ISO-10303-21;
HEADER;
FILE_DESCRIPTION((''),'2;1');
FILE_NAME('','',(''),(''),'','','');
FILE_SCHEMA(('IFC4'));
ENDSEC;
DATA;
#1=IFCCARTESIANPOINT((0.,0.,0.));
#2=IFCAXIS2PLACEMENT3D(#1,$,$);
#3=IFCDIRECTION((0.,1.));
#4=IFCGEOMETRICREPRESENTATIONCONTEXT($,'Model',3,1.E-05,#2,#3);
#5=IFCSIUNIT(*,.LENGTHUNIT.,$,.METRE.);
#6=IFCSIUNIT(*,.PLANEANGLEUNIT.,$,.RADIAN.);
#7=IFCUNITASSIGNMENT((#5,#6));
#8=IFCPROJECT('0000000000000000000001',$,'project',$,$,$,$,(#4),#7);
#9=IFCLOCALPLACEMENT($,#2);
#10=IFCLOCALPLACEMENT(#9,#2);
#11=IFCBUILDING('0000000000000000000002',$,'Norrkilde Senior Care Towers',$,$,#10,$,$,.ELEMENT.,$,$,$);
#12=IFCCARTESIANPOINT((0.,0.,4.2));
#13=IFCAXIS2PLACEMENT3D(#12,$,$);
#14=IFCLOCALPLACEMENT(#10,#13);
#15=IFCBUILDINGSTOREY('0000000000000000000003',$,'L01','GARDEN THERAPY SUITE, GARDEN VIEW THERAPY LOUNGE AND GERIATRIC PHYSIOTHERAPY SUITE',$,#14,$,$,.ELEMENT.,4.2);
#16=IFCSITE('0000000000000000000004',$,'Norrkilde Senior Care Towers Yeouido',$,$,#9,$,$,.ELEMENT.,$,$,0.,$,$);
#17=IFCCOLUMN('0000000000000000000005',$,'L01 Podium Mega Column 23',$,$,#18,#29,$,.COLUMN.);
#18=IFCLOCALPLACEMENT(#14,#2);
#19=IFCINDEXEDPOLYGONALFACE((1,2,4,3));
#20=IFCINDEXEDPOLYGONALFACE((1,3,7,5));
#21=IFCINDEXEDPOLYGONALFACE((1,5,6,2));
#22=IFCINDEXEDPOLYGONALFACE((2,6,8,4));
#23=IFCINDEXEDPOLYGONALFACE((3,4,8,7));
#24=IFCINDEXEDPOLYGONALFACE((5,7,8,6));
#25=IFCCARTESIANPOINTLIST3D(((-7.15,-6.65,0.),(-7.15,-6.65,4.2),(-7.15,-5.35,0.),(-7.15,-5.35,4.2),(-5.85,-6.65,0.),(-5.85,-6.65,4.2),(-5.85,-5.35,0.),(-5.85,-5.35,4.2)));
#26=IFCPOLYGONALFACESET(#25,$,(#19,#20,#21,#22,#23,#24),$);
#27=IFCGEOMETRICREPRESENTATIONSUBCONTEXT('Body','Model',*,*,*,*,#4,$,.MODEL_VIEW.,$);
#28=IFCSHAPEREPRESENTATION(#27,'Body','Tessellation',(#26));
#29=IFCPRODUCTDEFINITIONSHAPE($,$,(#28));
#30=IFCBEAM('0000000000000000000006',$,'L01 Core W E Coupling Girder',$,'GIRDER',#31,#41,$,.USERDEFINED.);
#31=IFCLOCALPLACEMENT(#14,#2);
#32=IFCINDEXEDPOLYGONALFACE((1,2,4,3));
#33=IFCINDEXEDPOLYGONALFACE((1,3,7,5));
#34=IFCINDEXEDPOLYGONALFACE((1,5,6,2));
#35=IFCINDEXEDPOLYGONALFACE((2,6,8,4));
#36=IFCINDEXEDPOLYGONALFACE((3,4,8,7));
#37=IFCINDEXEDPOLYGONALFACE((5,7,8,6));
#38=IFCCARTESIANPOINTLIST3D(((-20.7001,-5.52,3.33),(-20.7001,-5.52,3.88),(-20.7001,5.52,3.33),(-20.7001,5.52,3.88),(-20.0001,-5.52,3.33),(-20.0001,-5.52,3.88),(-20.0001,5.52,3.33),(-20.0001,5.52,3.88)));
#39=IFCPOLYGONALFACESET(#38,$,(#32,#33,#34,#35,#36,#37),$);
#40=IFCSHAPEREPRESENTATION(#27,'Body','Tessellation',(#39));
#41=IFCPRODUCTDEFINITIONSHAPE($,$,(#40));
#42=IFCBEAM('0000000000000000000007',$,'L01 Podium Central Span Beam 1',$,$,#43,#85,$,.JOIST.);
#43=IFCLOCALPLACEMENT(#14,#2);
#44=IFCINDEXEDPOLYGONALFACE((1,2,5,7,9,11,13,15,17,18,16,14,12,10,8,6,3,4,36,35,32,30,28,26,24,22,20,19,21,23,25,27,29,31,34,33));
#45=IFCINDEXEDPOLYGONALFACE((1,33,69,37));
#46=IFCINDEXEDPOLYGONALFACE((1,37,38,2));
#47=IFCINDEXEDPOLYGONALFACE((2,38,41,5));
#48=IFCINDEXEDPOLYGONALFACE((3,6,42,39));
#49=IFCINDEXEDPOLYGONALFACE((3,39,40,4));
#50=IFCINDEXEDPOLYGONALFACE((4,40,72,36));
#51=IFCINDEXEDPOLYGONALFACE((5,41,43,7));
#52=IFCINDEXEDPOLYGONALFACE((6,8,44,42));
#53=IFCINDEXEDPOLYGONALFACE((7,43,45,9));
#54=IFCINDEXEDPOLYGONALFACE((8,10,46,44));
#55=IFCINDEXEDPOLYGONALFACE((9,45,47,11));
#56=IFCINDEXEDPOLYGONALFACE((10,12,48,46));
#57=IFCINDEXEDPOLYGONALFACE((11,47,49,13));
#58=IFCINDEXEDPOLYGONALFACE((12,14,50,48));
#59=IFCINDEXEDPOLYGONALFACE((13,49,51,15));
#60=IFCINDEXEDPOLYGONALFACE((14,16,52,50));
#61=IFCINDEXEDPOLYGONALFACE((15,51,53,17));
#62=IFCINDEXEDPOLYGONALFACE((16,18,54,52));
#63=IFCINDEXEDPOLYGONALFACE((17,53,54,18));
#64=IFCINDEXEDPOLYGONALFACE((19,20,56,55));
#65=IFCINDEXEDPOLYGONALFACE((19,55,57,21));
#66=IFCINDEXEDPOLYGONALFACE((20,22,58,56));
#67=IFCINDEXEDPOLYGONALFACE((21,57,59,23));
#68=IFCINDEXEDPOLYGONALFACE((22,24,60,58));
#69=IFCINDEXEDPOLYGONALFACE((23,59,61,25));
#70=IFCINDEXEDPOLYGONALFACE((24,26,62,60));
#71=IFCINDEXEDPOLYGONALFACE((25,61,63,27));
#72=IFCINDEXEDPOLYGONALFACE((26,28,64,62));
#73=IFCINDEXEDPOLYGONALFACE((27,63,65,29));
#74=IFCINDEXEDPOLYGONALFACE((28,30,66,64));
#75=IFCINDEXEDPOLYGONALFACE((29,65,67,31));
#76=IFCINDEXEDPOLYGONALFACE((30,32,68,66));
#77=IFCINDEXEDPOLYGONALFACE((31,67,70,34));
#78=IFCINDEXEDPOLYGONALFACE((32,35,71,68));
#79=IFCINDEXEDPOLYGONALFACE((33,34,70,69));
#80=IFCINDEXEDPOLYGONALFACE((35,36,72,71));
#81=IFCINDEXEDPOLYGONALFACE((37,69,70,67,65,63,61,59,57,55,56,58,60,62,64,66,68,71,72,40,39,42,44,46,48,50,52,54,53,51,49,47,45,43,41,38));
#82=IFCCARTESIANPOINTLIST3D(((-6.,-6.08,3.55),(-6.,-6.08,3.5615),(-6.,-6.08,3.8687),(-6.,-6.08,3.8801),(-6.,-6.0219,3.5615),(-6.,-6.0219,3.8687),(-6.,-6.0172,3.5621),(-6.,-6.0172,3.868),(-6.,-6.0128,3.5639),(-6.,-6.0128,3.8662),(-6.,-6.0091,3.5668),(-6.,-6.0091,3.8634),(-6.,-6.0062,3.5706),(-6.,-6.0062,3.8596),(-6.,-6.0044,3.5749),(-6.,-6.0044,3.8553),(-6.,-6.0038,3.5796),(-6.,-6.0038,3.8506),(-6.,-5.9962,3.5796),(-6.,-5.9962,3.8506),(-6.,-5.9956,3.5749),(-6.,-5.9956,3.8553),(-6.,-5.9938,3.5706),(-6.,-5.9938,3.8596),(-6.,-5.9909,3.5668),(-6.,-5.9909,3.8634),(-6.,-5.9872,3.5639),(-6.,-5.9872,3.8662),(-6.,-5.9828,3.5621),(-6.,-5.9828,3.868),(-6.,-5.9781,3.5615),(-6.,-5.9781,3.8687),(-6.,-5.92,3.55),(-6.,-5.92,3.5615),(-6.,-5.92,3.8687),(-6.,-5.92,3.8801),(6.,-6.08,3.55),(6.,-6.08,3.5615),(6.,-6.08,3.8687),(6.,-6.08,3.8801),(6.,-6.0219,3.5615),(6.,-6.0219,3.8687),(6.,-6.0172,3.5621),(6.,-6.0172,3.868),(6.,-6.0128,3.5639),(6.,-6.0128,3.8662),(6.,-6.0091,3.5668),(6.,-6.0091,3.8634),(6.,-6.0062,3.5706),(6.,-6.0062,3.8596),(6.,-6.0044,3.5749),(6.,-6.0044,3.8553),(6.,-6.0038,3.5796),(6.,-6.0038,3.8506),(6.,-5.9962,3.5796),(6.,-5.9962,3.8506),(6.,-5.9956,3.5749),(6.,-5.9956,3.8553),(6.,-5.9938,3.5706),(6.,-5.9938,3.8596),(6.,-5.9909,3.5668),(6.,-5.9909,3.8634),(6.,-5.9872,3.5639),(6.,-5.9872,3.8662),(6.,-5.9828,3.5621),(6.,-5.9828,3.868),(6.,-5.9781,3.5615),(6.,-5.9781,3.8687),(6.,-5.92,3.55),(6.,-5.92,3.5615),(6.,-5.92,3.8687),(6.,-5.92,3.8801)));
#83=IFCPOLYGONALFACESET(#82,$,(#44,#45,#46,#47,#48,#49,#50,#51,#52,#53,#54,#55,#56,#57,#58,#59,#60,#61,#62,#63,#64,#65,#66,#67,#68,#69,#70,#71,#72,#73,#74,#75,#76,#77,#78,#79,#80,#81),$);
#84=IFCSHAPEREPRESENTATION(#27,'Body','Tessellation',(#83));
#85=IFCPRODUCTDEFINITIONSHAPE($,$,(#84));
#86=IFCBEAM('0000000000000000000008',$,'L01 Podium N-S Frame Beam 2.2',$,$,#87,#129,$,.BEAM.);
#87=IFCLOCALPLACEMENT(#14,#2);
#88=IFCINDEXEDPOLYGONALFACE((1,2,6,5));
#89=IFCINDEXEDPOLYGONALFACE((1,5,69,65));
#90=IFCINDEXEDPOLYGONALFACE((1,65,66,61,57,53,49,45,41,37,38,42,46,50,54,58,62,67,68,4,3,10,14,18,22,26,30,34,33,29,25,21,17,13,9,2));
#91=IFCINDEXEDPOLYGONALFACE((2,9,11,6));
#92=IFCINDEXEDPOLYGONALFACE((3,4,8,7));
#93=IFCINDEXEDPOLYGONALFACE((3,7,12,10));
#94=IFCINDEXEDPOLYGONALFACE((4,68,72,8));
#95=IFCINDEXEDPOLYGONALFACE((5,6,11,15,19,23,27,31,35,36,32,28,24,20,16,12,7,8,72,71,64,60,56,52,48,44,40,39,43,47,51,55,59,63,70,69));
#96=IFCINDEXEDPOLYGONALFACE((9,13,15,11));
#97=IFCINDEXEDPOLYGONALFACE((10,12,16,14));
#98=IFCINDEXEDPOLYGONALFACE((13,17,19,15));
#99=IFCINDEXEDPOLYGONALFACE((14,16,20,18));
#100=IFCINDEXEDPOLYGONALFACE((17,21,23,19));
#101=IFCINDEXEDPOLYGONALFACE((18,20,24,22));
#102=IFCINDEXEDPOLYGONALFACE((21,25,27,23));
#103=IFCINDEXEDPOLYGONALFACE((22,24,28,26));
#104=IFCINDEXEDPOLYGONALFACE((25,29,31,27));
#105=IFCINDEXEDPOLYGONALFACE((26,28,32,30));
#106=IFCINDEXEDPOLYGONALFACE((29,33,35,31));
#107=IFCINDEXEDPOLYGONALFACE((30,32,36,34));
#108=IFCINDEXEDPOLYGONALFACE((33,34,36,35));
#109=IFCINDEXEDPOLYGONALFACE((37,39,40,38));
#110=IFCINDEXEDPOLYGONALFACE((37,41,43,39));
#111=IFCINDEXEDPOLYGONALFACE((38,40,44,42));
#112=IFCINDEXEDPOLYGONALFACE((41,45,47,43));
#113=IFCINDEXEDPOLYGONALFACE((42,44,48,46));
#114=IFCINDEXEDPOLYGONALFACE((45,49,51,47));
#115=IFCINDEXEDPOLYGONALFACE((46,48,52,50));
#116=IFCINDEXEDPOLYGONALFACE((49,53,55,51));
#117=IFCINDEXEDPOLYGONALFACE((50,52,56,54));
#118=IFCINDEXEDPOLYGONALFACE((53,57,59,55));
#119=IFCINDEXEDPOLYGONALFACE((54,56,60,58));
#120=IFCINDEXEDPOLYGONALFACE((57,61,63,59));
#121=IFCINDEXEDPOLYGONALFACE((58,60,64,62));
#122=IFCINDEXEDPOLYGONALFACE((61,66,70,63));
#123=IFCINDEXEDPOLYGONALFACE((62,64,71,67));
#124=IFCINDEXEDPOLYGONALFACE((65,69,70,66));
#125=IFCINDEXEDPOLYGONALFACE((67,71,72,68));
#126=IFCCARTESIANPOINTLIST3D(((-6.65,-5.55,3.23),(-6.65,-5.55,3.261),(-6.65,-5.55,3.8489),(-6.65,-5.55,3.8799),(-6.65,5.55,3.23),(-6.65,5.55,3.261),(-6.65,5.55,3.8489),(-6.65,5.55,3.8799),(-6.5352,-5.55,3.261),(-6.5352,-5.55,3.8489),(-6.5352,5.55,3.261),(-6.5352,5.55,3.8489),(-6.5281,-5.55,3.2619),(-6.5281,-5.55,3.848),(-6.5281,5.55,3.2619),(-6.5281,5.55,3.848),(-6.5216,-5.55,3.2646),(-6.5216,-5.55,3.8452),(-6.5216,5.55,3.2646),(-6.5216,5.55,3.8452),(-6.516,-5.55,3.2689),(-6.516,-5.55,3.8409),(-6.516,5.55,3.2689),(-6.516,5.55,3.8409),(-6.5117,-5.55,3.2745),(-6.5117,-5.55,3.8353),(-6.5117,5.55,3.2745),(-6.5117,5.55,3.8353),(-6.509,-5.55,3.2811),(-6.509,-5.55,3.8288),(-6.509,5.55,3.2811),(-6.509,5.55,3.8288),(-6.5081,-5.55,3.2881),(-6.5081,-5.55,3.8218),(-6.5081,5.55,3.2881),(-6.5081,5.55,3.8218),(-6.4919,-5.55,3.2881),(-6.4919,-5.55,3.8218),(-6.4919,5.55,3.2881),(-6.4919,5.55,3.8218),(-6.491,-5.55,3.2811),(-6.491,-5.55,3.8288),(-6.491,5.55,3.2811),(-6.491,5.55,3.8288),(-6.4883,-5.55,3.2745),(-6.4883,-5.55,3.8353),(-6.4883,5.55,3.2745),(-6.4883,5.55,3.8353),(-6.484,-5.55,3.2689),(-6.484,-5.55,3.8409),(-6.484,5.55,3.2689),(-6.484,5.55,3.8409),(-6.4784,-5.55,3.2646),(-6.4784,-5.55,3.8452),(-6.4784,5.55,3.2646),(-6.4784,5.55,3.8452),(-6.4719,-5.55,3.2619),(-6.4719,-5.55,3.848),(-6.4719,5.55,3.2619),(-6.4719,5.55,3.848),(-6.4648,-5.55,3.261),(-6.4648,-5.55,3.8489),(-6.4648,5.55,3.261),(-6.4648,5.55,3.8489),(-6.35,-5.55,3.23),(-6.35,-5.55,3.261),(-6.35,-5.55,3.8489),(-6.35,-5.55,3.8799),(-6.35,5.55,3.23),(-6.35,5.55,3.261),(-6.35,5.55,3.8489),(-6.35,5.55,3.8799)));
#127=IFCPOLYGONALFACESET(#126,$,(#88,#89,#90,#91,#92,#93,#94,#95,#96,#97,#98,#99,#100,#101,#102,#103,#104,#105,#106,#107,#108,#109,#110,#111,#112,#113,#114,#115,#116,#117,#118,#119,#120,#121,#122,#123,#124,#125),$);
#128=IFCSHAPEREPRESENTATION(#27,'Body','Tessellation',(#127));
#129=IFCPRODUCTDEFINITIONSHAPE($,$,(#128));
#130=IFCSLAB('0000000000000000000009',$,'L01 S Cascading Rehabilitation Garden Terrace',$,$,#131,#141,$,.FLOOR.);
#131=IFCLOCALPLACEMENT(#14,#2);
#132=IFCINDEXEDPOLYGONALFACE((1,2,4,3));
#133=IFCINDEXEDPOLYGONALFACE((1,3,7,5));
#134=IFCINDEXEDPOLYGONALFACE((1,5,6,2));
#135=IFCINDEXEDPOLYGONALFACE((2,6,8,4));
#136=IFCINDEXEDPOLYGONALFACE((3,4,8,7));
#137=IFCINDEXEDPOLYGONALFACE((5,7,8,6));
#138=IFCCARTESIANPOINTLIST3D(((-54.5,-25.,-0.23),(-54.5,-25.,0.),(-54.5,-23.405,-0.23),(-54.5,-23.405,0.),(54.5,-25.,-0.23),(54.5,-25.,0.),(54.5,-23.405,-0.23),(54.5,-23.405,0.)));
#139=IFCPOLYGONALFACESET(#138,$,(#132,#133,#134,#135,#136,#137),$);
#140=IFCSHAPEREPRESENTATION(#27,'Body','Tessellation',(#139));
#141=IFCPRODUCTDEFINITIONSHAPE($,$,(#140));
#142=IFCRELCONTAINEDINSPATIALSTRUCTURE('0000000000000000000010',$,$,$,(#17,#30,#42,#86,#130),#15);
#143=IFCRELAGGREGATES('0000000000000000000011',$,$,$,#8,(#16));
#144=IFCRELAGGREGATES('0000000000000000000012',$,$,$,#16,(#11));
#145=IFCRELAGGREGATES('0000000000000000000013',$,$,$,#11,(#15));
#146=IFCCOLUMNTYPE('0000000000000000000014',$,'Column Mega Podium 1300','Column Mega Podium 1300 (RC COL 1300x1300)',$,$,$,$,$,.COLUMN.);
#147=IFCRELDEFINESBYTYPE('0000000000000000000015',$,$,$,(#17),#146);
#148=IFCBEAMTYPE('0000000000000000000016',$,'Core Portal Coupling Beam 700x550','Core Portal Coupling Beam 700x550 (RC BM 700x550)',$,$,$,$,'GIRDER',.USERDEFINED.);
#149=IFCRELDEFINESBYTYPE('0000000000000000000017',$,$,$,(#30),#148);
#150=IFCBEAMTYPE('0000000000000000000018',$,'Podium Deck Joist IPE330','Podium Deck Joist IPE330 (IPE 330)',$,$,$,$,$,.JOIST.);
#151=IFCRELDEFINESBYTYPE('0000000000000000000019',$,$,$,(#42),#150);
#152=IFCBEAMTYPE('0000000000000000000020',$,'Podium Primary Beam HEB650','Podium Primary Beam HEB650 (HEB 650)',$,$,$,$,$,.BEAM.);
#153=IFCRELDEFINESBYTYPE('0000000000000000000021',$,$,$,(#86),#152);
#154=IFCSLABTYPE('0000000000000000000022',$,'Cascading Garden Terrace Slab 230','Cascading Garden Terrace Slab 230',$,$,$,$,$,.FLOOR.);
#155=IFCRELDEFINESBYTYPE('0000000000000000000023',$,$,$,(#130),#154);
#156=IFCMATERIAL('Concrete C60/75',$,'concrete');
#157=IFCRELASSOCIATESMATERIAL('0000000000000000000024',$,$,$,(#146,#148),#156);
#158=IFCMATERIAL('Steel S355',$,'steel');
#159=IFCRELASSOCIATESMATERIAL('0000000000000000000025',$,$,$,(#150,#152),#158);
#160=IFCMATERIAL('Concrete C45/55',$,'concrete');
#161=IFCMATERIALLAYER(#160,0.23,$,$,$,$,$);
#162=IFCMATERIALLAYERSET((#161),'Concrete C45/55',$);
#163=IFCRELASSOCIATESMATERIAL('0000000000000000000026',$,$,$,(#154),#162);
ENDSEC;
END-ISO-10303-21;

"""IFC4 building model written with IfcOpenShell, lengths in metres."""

from ifc_helpers import new_model, si_unit, direction, frame, origin, origin_2d, place, context, subcontext, project, spatial, polyline, rectangle, i_section, outline, extrude, source, transform, mapped, material, layer, layer_set, material_profile, profile_set, type_object, type_shapes, element, save


model = new_model("IFC4")

# Units and contexts
model_context = context("Model", 3, precision=1e-05, world=origin(), true_north=direction((0.0, 1.0)))
body_context = subcontext(model_context, "Body", "Model", "MODEL_VIEW")
ifc_project = project(units=[si_unit("LENGTHUNIT", "METRE"), si_unit("PLANEANGLEUNIT", "RADIAN")], contexts=[model_context])

# Site, building, storey
site_placement = place(None, origin())
site = spatial("IfcSite", under=ifc_project, at=site_placement, Name="Norrkilde Senior Care Towers Yeouido", CompositionType="ELEMENT", RefElevation=0.0)
building_placement = place(site_placement, origin())
building = spatial("IfcBuilding", under=site, at=building_placement, Name="Norrkilde Senior Care Towers", CompositionType="ELEMENT")
storey_placement = place(building_placement, frame((0.0, 0.0, 4.2)))
storey = spatial("IfcBuildingStorey", under=building, at=storey_placement, Name="L01", Description="GARDEN THERAPY SUITE, GARDEN VIEW THERAPY LOUNGE AND GERIATRIC PHYSIOTHERAPY SUITE", CompositionType="ELEMENT", Elevation=4.2)

# Column
ifc_material_1 = material(Name="Concrete C60/75", Category="concrete")
ifc_material_profile_1 = material_profile(ifc_material_1, rectangle(XDim=1.3, YDim=1.3, at=origin_2d()), Name="RC COL 1300x1300")
ifc_profile_set_1 = profile_set([ifc_material_profile_1], Name="Concrete C60/75")
column_type = type_object("IfcColumnType", Name="Column Mega Podium 1300", Description="Column Mega Podium 1300 (RC COL 1300x1300)", PredefinedType="COLUMN", material=ifc_profile_set_1)
shared_shape_1 = source(origin(), body_context, "Body", "SweptSolid", [
    extrude(rectangle(XDim=1.3, YDim=1.3, at=origin_2d()), origin(), (0.0, 0.0, 1.0), 4.2),
])
type_shapes(column_type, [shared_shape_1])
column_placement = place(storey_placement, frame((-6.5, -6.0, 0.0), z_axis=(0.0, 0.0, 1.0), x_axis=(1.0, 0.0, 0.0)))
element("IfcColumn", 1, at=column_placement, inside=storey, type_object=column_type, Name="L01 Podium Mega Column 23", PredefinedType="COLUMN", context=body_context, shape_type="MappedRepresentation", body=[
    mapped(shared_shape_1, transform((0.0, 0.0, 0.0), x_axis=(1.0, 0.0, 0.0), y_axis=(0.0, 1.0, 0.0), z_axis=(0.0, 0.0, 1.0), scale=1.0)),
])

# Beams
ifc_material_profile_2 = material_profile(ifc_material_1, rectangle(XDim=0.7, YDim=0.55, at=origin_2d()), Name="RC BM 700x550")
ifc_profile_set_2 = profile_set([ifc_material_profile_2], Name="Concrete C60/75")
beam_type_1 = type_object("IfcBeamType", Name="Core Portal Coupling Beam 700x550", Description="Core Portal Coupling Beam 700x550 (RC BM 700x550)", ElementType="GIRDER", PredefinedType="USERDEFINED", material=ifc_profile_set_2)
shared_shape_2 = source(origin(), body_context, "Body", "SweptSolid", [
    extrude(rectangle(XDim=0.7, YDim=0.55, at=origin_2d()), origin(), (0.0, 0.0, 1.0), 11.04),
])
type_shapes(beam_type_1, [shared_shape_2])
beam_1_placement = place(storey_placement, frame((-20.3501, -5.52, 3.605), z_axis=(0.0, 1.0, 0.0), x_axis=(-1.0, 0.0, 0.0)))
element("IfcBeam", 2, at=beam_1_placement, inside=storey, type_object=beam_type_1, Name="L01 Core W E Coupling Girder", ObjectType="GIRDER", PredefinedType="USERDEFINED", context=body_context, shape_type="MappedRepresentation", body=[
    mapped(shared_shape_2, transform((0.0, 0.0, 0.0), x_axis=(1.0, 0.0, 0.0), y_axis=(0.0, 1.0, 0.0), z_axis=(0.0, 0.0, 1.0), scale=1.0)),
])
ifc_material_2 = material(Name="Steel S355", Category="steel")
ifc_material_profile_3 = material_profile(ifc_material_2, i_section(OverallWidth=0.1599, OverallDepth=0.3301, WebThickness=0.0076, FlangeThickness=0.0115, FilletRadius=0.0181, at=origin_2d()), Name="IPE 330")
ifc_profile_set_3 = profile_set([ifc_material_profile_3], Name="Steel S355")
beam_type_2 = type_object("IfcBeamType", Name="Podium Deck Joist IPE330", Description="Podium Deck Joist IPE330 (IPE 330)", PredefinedType="JOIST", material=ifc_profile_set_3)
shared_shape_3 = source(origin(), body_context, "Body", "SweptSolid", [
    extrude(i_section(OverallWidth=0.1599, OverallDepth=0.3301, WebThickness=0.0076, FlangeThickness=0.0115, FilletRadius=0.0181, at=origin_2d()), origin(), (0.0, 0.0, 1.0), 12.0),
])
type_shapes(beam_type_2, [shared_shape_3])
beam_2_placement = place(storey_placement, frame((-6.0, -6.0, 3.7151), z_axis=(1.0, 0.0, 0.0), x_axis=(0.0, 1.0, 0.0)))
element("IfcBeam", 3, at=beam_2_placement, inside=storey, type_object=beam_type_2, Name="L01 Podium Central Span Beam 1", PredefinedType="JOIST", context=body_context, shape_type="MappedRepresentation", body=[
    mapped(shared_shape_3, transform((0.0, 0.0, 0.0), x_axis=(1.0, 0.0, 0.0), y_axis=(0.0, 1.0, 0.0), z_axis=(0.0, 0.0, 1.0), scale=1.0)),
])
ifc_material_profile_4 = material_profile(ifc_material_2, i_section(OverallWidth=0.3, OverallDepth=0.6499, WebThickness=0.0161, FlangeThickness=0.031, FilletRadius=0.0271, at=origin_2d()), Name="HEB 650")
ifc_profile_set_4 = profile_set([ifc_material_profile_4], Name="Steel S355")
beam_type_3 = type_object("IfcBeamType", Name="Podium Primary Beam HEB650", Description="Podium Primary Beam HEB650 (HEB 650)", PredefinedType="BEAM", material=ifc_profile_set_4)
shared_shape_4 = source(origin(), body_context, "Body", "SweptSolid", [
    extrude(i_section(OverallWidth=0.3, OverallDepth=0.6499, WebThickness=0.0161, FlangeThickness=0.031, FilletRadius=0.0271, at=origin_2d()), origin(), (0.0, 0.0, 1.0), 11.1001),
])
type_shapes(beam_type_3, [shared_shape_4])
beam_3_placement = place(storey_placement, frame((-6.5, -5.55, 3.5549), z_axis=(0.0, 1.0, 0.0), x_axis=(-1.0, 0.0, 0.0)))
element("IfcBeam", 4, at=beam_3_placement, inside=storey, type_object=beam_type_3, Name="L01 Podium N-S Frame Beam 2.2", PredefinedType="BEAM", context=body_context, shape_type="MappedRepresentation", body=[
    mapped(shared_shape_4, transform((0.0, 0.0, 0.0), x_axis=(1.0, 0.0, 0.0), y_axis=(0.0, 1.0, 0.0), z_axis=(0.0, 0.0, 1.0), scale=1.0)),
])

# Slab
ifc_material_3 = material(Name="Concrete C45/55", Category="concrete")
ifc_layer_1 = layer(ifc_material_3, 0.23)
ifc_layer_set_1 = layer_set([ifc_layer_1], Name="Concrete C45/55")
slab_type_1 = type_object("IfcSlabType", Name="Cascading Garden Terrace Slab 230", Description="Cascading Garden Terrace Slab 230", PredefinedType="FLOOR", material=ifc_layer_set_1)
slab_1_placement = place(storey_placement, frame((0.0, 0.0, -0.23)))
element("IfcSlab", 5, at=slab_1_placement, inside=storey, type_object=slab_type_1, Name="L01 S Cascading Rehabilitation Garden Terrace", PredefinedType="FLOOR", context=body_context, shape_type="SweptSolid", body=[
    extrude(outline(polyline([(-54.5, -25.0), (54.5, -25.0), (54.5, -23.405), (-54.5, -23.405), (-54.5, -25.0)])), origin(), (0.0, 0.0, 1.0), 0.23),
])

save(model, "model.ifc")
